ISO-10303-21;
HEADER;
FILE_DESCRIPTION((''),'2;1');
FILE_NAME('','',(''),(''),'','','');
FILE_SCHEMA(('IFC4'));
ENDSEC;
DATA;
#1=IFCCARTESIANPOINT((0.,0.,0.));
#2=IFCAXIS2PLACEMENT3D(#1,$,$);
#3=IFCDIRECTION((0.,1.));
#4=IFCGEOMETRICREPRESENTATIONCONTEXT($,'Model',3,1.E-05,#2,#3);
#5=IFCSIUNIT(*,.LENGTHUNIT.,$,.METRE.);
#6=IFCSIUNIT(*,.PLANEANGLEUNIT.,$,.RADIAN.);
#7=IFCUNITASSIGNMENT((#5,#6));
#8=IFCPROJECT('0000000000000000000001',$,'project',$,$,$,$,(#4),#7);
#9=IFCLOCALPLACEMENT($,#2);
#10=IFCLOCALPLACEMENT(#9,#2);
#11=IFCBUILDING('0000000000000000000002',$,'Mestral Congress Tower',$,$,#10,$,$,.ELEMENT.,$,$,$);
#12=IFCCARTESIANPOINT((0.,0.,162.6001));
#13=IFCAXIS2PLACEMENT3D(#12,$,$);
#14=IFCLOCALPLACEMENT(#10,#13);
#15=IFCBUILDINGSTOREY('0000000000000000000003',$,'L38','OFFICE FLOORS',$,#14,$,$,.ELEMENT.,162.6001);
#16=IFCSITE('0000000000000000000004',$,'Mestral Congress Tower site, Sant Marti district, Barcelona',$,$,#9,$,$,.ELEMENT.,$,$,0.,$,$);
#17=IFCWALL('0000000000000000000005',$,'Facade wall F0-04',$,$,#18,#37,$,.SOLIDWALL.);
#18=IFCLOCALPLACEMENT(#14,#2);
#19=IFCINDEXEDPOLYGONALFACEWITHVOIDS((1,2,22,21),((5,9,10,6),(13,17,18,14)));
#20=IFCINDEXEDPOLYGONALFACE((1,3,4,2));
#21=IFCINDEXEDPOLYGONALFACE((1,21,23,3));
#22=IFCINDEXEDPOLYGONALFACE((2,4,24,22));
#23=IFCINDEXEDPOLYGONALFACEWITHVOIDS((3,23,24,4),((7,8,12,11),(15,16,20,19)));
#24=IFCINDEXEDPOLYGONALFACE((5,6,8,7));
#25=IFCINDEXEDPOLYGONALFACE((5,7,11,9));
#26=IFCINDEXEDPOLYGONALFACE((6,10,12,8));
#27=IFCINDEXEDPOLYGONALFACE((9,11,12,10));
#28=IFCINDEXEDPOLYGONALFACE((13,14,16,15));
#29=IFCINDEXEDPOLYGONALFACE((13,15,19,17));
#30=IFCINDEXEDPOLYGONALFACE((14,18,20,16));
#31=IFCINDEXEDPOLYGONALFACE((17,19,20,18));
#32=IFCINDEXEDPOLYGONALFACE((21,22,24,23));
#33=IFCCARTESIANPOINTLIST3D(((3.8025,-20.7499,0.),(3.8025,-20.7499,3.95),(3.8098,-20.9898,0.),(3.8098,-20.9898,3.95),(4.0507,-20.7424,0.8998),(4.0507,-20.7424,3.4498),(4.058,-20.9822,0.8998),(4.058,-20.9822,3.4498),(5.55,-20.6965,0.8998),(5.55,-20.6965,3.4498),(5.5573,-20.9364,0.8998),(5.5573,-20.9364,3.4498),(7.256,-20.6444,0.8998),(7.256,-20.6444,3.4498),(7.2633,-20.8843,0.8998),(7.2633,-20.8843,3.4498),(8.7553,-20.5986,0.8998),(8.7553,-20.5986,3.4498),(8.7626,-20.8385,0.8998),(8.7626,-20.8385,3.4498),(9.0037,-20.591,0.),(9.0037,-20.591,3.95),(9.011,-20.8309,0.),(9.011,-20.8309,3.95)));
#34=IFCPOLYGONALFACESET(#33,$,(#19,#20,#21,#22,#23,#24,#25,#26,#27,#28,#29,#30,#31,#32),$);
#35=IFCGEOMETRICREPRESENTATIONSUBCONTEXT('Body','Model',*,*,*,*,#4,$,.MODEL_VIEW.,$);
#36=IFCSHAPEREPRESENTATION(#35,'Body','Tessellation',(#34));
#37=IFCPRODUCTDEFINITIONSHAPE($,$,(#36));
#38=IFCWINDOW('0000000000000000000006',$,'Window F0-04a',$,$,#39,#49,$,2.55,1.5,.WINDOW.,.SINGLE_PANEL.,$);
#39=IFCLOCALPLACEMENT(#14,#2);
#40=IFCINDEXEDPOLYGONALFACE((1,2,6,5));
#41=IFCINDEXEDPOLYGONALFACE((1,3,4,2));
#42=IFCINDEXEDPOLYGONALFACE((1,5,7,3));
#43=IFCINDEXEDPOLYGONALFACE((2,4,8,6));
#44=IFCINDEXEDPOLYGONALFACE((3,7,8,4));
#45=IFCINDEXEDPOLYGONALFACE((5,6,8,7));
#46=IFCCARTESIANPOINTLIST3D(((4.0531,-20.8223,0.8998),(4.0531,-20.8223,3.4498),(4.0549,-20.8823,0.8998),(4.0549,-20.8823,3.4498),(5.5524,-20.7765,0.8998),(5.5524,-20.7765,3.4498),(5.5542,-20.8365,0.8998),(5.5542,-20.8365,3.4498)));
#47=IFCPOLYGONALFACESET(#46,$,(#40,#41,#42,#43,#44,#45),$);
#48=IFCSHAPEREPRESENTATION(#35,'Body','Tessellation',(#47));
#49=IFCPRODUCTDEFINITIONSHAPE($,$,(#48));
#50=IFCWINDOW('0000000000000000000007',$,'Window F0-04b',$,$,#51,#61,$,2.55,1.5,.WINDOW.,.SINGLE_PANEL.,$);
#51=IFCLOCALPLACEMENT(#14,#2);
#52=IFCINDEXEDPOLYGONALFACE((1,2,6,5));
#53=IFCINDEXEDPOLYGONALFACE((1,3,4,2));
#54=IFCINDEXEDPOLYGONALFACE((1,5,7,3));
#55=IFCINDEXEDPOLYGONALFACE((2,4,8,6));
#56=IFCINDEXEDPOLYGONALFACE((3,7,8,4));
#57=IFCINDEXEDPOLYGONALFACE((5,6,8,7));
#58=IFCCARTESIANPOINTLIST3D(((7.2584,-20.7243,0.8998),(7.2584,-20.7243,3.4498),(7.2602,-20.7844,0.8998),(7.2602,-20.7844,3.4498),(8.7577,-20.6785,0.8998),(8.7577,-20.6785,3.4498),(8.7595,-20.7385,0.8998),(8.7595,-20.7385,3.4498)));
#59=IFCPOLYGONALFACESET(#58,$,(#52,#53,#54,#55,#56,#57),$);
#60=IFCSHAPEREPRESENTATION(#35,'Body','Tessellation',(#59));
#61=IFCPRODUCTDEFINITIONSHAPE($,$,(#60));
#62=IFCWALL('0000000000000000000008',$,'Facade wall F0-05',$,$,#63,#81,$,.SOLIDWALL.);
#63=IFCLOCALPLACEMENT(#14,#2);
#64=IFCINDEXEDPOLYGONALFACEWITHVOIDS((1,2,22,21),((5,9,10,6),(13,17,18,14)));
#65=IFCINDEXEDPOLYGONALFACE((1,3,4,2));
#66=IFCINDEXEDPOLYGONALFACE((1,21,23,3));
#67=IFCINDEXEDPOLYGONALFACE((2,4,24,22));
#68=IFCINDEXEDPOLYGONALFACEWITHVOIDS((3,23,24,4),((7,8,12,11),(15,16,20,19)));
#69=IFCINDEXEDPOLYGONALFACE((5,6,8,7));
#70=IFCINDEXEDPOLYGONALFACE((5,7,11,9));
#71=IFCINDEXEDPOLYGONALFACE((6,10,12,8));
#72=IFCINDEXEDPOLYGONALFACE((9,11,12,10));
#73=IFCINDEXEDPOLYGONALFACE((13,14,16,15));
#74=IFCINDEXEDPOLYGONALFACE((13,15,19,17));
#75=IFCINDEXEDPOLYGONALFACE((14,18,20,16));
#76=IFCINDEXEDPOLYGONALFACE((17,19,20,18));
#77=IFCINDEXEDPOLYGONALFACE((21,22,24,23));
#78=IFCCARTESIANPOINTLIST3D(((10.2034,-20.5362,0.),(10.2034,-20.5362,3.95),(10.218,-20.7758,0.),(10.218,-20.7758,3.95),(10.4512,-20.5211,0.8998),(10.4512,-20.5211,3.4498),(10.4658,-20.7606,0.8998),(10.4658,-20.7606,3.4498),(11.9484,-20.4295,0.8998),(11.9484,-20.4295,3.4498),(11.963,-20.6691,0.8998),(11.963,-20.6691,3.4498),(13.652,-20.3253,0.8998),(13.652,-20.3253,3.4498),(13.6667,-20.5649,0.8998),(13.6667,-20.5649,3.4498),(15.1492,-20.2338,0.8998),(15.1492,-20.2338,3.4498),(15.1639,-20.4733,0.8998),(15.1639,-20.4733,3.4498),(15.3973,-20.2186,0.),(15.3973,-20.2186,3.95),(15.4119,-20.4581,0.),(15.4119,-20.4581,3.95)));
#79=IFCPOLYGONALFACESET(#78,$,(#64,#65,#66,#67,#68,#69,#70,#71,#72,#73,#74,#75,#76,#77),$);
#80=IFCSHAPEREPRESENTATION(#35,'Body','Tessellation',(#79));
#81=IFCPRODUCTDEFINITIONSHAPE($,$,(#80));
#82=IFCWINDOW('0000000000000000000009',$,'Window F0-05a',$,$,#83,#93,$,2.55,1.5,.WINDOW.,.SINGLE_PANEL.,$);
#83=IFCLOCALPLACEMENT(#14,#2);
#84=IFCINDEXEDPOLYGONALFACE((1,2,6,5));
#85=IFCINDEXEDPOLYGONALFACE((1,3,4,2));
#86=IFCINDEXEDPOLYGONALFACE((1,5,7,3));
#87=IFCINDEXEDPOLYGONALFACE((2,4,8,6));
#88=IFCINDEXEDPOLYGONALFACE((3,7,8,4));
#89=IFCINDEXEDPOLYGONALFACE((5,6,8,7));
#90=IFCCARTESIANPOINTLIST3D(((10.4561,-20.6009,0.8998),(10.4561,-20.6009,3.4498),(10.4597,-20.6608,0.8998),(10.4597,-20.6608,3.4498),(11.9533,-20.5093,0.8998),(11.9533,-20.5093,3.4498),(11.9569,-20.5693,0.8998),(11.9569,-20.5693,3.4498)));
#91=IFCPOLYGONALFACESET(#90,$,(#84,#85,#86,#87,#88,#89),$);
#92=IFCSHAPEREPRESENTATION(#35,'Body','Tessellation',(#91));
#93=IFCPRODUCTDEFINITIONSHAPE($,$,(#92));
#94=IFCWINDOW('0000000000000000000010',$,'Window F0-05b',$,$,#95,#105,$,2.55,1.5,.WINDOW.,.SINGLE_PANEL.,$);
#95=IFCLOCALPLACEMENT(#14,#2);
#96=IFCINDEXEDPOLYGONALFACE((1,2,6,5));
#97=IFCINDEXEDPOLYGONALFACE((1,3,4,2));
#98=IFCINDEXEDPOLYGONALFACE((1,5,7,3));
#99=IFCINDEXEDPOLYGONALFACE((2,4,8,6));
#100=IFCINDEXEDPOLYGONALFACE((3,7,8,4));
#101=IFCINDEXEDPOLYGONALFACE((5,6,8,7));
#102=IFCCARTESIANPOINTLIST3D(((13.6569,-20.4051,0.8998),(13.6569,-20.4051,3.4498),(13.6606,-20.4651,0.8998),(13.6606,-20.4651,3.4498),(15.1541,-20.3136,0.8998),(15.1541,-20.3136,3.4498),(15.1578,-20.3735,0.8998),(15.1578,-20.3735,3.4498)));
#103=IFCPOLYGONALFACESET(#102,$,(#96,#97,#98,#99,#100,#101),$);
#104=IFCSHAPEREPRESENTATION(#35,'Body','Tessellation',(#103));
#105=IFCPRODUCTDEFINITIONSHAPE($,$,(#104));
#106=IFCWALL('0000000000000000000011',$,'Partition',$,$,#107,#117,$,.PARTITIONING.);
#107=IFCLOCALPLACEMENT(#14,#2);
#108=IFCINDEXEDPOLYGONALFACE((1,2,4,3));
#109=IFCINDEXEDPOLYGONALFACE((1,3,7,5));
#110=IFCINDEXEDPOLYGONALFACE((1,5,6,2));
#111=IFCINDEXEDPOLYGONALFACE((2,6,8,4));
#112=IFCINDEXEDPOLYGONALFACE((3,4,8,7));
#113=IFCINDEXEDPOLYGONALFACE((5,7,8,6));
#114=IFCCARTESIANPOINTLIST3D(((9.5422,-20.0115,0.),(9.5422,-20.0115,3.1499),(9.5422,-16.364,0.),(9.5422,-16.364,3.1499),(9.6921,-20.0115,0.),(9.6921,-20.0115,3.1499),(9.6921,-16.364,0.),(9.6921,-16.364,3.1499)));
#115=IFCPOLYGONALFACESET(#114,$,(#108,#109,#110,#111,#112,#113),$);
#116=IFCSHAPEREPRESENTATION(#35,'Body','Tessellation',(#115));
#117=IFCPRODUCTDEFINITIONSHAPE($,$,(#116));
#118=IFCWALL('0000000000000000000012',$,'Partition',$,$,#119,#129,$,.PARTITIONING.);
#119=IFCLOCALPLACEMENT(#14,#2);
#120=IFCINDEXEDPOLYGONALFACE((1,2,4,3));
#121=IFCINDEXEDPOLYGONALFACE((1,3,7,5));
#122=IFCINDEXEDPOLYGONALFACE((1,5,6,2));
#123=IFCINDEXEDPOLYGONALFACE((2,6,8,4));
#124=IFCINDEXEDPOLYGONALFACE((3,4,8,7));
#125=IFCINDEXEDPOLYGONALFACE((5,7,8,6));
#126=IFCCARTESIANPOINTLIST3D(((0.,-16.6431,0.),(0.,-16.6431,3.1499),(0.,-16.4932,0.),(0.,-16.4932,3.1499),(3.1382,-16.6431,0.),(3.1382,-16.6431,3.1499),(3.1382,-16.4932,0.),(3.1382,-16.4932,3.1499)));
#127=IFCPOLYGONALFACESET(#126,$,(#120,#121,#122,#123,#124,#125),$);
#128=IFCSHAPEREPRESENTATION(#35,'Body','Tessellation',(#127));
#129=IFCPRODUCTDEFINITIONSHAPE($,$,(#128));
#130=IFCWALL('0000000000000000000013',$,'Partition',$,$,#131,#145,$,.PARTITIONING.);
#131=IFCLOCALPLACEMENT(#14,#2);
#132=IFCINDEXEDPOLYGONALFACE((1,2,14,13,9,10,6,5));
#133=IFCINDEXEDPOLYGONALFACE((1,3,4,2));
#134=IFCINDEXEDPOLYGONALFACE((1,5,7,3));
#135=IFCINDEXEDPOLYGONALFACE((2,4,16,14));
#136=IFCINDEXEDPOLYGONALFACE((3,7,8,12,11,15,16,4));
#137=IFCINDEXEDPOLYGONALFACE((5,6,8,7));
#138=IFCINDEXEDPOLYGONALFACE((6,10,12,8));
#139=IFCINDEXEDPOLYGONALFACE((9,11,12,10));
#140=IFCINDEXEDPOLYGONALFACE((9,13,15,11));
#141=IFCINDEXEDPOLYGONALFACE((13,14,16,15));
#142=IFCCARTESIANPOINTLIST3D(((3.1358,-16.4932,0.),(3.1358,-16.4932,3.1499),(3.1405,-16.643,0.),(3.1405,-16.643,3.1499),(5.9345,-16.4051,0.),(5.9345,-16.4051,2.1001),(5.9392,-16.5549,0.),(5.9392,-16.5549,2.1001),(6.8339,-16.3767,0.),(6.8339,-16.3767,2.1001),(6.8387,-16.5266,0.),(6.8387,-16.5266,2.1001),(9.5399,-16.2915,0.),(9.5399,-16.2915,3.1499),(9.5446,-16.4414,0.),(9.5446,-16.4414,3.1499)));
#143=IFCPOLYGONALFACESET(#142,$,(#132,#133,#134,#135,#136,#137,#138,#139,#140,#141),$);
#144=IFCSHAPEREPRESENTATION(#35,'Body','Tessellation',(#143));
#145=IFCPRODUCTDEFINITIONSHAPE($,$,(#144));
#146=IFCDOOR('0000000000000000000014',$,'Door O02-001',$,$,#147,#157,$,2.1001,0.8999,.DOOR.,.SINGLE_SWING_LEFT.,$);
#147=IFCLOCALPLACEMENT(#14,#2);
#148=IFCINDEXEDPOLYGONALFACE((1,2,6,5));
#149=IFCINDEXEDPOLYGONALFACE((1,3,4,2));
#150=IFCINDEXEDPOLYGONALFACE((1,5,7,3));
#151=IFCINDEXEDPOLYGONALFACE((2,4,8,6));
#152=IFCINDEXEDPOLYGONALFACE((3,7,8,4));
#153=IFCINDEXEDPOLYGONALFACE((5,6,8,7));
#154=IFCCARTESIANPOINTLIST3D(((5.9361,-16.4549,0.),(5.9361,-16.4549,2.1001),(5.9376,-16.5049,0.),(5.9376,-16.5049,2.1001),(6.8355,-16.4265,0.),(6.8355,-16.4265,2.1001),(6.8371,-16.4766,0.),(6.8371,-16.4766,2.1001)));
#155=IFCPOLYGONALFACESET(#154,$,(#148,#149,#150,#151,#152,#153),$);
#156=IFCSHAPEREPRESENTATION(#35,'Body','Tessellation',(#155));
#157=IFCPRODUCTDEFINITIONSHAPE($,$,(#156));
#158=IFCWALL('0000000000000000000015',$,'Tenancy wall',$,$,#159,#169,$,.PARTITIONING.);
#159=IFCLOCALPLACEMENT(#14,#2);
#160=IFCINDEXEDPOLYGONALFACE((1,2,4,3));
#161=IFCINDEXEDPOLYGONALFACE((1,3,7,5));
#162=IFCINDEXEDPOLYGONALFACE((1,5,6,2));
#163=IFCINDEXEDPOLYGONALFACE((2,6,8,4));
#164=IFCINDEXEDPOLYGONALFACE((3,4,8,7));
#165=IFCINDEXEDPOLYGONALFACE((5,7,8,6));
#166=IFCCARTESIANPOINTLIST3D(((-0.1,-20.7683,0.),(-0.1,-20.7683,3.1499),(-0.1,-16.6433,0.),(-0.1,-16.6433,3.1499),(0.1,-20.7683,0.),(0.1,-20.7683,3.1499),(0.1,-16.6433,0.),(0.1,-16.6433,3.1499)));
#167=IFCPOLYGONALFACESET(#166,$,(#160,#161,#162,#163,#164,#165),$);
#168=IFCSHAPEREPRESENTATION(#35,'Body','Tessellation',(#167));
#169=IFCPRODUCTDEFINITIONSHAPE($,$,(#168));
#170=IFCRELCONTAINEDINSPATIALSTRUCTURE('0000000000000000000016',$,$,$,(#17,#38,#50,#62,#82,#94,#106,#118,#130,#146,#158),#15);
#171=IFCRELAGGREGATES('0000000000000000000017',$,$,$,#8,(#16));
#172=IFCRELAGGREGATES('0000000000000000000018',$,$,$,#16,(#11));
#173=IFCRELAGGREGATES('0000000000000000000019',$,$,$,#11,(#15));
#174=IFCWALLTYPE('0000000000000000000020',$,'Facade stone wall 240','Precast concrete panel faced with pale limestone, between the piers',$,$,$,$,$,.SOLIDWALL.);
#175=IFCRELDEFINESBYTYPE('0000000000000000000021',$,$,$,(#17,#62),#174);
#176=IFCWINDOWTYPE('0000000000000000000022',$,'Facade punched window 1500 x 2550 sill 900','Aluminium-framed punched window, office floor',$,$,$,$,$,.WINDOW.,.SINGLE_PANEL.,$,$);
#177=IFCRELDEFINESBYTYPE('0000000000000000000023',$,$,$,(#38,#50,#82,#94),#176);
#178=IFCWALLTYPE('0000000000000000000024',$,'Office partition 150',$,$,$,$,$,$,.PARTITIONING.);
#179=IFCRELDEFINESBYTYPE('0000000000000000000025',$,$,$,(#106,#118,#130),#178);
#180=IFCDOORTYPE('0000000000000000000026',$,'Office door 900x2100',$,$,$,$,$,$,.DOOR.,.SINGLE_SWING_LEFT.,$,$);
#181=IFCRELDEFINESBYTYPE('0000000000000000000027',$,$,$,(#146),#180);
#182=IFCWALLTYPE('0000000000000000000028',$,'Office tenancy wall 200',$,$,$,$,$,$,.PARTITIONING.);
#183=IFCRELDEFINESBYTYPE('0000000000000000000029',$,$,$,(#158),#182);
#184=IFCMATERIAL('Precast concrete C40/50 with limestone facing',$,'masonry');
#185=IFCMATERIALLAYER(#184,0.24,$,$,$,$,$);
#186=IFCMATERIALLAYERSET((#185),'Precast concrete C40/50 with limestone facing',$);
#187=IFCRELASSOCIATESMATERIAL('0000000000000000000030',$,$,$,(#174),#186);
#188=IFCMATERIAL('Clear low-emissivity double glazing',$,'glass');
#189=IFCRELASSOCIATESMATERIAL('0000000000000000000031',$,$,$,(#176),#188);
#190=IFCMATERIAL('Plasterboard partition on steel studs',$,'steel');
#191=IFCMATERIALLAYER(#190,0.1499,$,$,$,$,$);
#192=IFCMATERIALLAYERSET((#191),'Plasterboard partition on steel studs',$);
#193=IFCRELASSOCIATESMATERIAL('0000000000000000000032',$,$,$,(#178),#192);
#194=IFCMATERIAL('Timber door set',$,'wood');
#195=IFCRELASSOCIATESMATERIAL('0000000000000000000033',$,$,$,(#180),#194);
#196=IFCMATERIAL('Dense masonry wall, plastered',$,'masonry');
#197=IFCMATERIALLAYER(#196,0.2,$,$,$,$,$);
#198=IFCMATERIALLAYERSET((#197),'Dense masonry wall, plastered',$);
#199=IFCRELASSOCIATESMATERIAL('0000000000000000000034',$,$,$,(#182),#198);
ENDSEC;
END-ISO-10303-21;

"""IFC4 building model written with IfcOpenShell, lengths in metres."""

from ifc_helpers import new_model, si_unit, direction, frame, frame_2d, origin, place, context, subcontext, project, spatial, rectangle, extrude, material, layer, layer_set, type_object, element, fill, save


model = new_model("IFC4")

# Units and contexts
model_context = context("Model", 3, precision=1e-05, world=origin(), true_north=direction((0.0, 1.0)))
body_context = subcontext(model_context, "Body", "Model", "MODEL_VIEW")
ifc_project = project(units=[si_unit("LENGTHUNIT", "METRE"), si_unit("PLANEANGLEUNIT", "RADIAN")], contexts=[model_context])

# Site, building, storey
site_placement = place(None, origin())
site = spatial("IfcSite", under=ifc_project, at=site_placement, Name="Mestral Congress Tower site, Sant Marti district, Barcelona", CompositionType="ELEMENT", RefElevation=0.0)
building_placement = place(site_placement, origin())
building = spatial("IfcBuilding", under=site, at=building_placement, Name="Mestral Congress Tower", CompositionType="ELEMENT")
storey_placement = place(building_placement, frame((0.0, 0.0, 162.6001)))
storey = spatial("IfcBuildingStorey", under=building, at=storey_placement, Name="L38", Description="OFFICE FLOORS", CompositionType="ELEMENT", Elevation=162.6001)

# Walls, openings, windows
ifc_material_1 = material(Name="Precast concrete C40/50 with limestone facing", Category="masonry")
ifc_layer_1 = layer(ifc_material_1, 0.24)
ifc_layer_set_1 = layer_set([ifc_layer_1], Name="Precast concrete C40/50 with limestone facing")
wall_type_1 = type_object("IfcWallType", Name="Facade stone wall 240", Description="Precast concrete panel faced with pale limestone, between the piers", PredefinedType="SOLIDWALL", material=ifc_layer_set_1)
wall_1_placement = place(storey_placement, frame((3.8062, -20.8699, 0.0), z_axis=(0.0, 0.0, 1.0), x_axis=(0.999533, 0.030543, 0.0)))
wall_1 = element("IfcWall", 1, at=wall_1_placement, inside=storey, type_object=wall_type_1, Name="Facade wall F0-04", PredefinedType="SOLIDWALL", context=body_context, shape_type="SweptSolid", body=[
    extrude(rectangle(XDim=5.2036, YDim=0.24, at=frame_2d((2.6018, 0.0))), origin(), (0.0, 0.0, 1.0), 3.95),
])
opening_1_placement = place(wall_1_placement, frame((0.2483, 0.0, 0.8999)))
opening_1 = element("IfcOpeningElement", 2, at=opening_1_placement, cuts=wall_1, PredefinedType="OPENING", context=body_context, shape_type="SweptSolid", body=[
    extrude(rectangle(XDim=1.5, YDim=2.55, at=frame_2d((0.75, 1.2749))), frame((0.0, 0.1299, 0.0), z_axis=(0.0, -1.0, 0.0), x_axis=(1.0, 0.0, 0.0)), (0.0, 0.0, 1.0), 0.26),
])
opening_2_placement = place(wall_1_placement, frame((3.4551, 0.0, 0.8999)))
opening_2 = element("IfcOpeningElement", 3, at=opening_2_placement, cuts=wall_1, PredefinedType="OPENING", context=body_context, shape_type="SweptSolid", body=[
    extrude(rectangle(XDim=1.5, YDim=2.55, at=frame_2d((0.75, 1.2749))), frame((0.0, 0.1299, 0.0), z_axis=(0.0, -1.0, 0.0), x_axis=(1.0, 0.0, 0.0)), (0.0, 0.0, 1.0), 0.26),
])
ifc_material_2 = material(Name="Clear low-emissivity double glazing", Category="glass")
window_type = type_object("IfcWindowType", Name="Facade punched window 1500 x 2550 sill 900", Description="Aluminium-framed punched window, office floor", PartitioningType="SINGLE_PANEL", PredefinedType="WINDOW", material=ifc_material_2)
window_1_placement = place(opening_1_placement, origin())
window_1 = element("IfcWindow", 4, at=window_1_placement, inside=storey, type_object=window_type, Name="Window F0-04a", OverallHeight=2.55, OverallWidth=1.5, PartitioningType="SINGLE_PANEL", PredefinedType="WINDOW", context=body_context, shape_type="SweptSolid", body=[
    extrude(rectangle(XDim=1.5, YDim=2.55, at=frame_2d((0.75, 1.2749))), frame((0.0, 0.04, 0.0), z_axis=(0.0, -1.0, 0.0), x_axis=(1.0, 0.0, 0.0)), (0.0, 0.0, 1.0), 0.0601),
])
fill(opening_1, window_1)
window_2_placement = place(opening_2_placement, origin())
window_2 = element("IfcWindow", 5, at=window_2_placement, inside=storey, type_object=window_type, Name="Window F0-04b", OverallHeight=2.55, OverallWidth=1.5, PartitioningType="SINGLE_PANEL", PredefinedType="WINDOW", context=body_context, shape_type="SweptSolid", body=[
    extrude(rectangle(XDim=1.5, YDim=2.55, at=frame_2d((0.75, 1.2749))), frame((0.0, 0.04, 0.0), z_axis=(0.0, -1.0, 0.0), x_axis=(1.0, 0.0, 0.0)), (0.0, 0.0, 1.0), 0.0601),
])
fill(opening_2, window_2)
wall_2_placement = place(storey_placement, frame((10.2107, -20.656, 0.0), z_axis=(0.0, 0.0, 1.0), x_axis=(0.998135, 0.06104, 0.0)))
wall_2 = element("IfcWall", 6, at=wall_2_placement, inside=storey, type_object=wall_type_1, Name="Facade wall F0-05", PredefinedType="SOLIDWALL", context=body_context, shape_type="SweptSolid", body=[
    extrude(rectangle(XDim=5.2036, YDim=0.24, at=frame_2d((2.6018, 0.0))), origin(), (0.0, 0.0, 1.0), 3.95),
])
opening_3_placement = place(wall_2_placement, frame((0.2483, 0.0, 0.8999)))
opening_3 = element("IfcOpeningElement", 7, at=opening_3_placement, cuts=wall_2, PredefinedType="OPENING", context=body_context, shape_type="SweptSolid", body=[
    extrude(rectangle(XDim=1.5, YDim=2.55, at=frame_2d((0.75, 1.2749))), frame((0.0, 0.1299, 0.0), z_axis=(0.0, -1.0, 0.0), x_axis=(1.0, 0.0, 0.0)), (0.0, 0.0, 1.0), 0.26),
])
opening_4_placement = place(wall_2_placement, frame((3.4551, 0.0, 0.8999)))
opening_4 = element("IfcOpeningElement", 8, at=opening_4_placement, cuts=wall_2, PredefinedType="OPENING", context=body_context, shape_type="SweptSolid", body=[
    extrude(rectangle(XDim=1.5, YDim=2.55, at=frame_2d((0.75, 1.2749))), frame((0.0, 0.1299, 0.0), z_axis=(0.0, -1.0, 0.0), x_axis=(1.0, 0.0, 0.0)), (0.0, 0.0, 1.0), 0.26),
])
window_3_placement = place(opening_3_placement, origin())
window_3 = element("IfcWindow", 9, at=window_3_placement, inside=storey, type_object=window_type, Name="Window F0-05a", OverallHeight=2.55, OverallWidth=1.5, PartitioningType="SINGLE_PANEL", PredefinedType="WINDOW", context=body_context, shape_type="SweptSolid", body=[
    extrude(rectangle(XDim=1.5, YDim=2.55, at=frame_2d((0.75, 1.2749))), frame((0.0, 0.04, 0.0), z_axis=(0.0, -1.0, 0.0), x_axis=(1.0, 0.0, 0.0)), (0.0, 0.0, 1.0), 0.0601),
])
fill(opening_3, window_3)
window_4_placement = place(opening_4_placement, origin())
window_4 = element("IfcWindow", 10, at=window_4_placement, inside=storey, type_object=window_type, Name="Window F0-05b", OverallHeight=2.55, OverallWidth=1.5, PartitioningType="SINGLE_PANEL", PredefinedType="WINDOW", context=body_context, shape_type="SweptSolid", body=[
    extrude(rectangle(XDim=1.5, YDim=2.55, at=frame_2d((0.75, 1.2749))), frame((0.0, 0.04, 0.0), z_axis=(0.0, -1.0, 0.0), x_axis=(1.0, 0.0, 0.0)), (0.0, 0.0, 1.0), 0.0601),
])
fill(opening_4, window_4)

# Walls
ifc_material_3 = material(Name="Plasterboard partition on steel studs", Category="steel")
ifc_layer_2 = layer(ifc_material_3, 0.1499)
ifc_layer_set_2 = layer_set([ifc_layer_2], Name="Plasterboard partition on steel studs")
wall_type_2 = type_object("IfcWallType", Name="Office partition 150", PredefinedType="PARTITIONING", material=ifc_layer_set_2)
wall_3_placement = place(storey_placement, frame((9.6172, -16.364, 0.0), z_axis=(0.0, 0.0, 1.0), x_axis=(0.0, -1.0, 0.0)))
element("IfcWall", 11, at=wall_3_placement, inside=storey, type_object=wall_type_2, Name="Partition", PredefinedType="PARTITIONING", context=body_context, shape_type="SweptSolid", body=[
    extrude(rectangle(XDim=3.6475, YDim=0.1499, at=frame_2d((1.8237, 0.0))), origin(), (0.0, 0.0, 1.0), 3.1499),
])
wall_4_placement = place(storey_placement, frame((0.0, -16.5681, 0.0), z_axis=(0.0, 0.0, 1.0), x_axis=(1.0, 0.0, 0.0)))
element("IfcWall", 12, at=wall_4_placement, inside=storey, type_object=wall_type_2, Name="Partition", PredefinedType="PARTITIONING", context=body_context, shape_type="SweptSolid", body=[
    extrude(rectangle(XDim=3.1382, YDim=0.1499, at=frame_2d((1.5691, 0.0))), origin(), (0.0, 0.0, 1.0), 3.1499),
])

# Wall, opening, door
wall_5_placement = place(storey_placement, frame((9.5422, -16.3665, 0.0), z_axis=(0.0, 0.0, 1.0), x_axis=(-0.999505, -0.031474, 0.0)))
wall_5 = element("IfcWall", 13, at=wall_5_placement, inside=storey, type_object=wall_type_2, Name="Partition", PredefinedType="PARTITIONING", context=body_context, shape_type="SweptSolid", body=[
    extrude(rectangle(XDim=6.4072, YDim=0.1499, at=frame_2d((3.2036, 0.0))), origin(), (0.0, 0.0, 1.0), 3.1499),
])
opening_5_placement = place(wall_5_placement, frame((2.7073, 0.0, 0.0)))
opening_5 = element("IfcOpeningElement", 14, at=opening_5_placement, cuts=wall_5, PredefinedType="OPENING", context=body_context, shape_type="SweptSolid", body=[
    extrude(rectangle(XDim=0.8999, YDim=2.1001, at=frame_2d((0.45, 1.05))), frame((0.0, 0.085, 0.0), z_axis=(0.0, -1.0, 0.0), x_axis=(1.0, 0.0, 0.0)), (0.0, 0.0, 1.0), 0.1699),
])
ifc_material_4 = material(Name="Timber door set", Category="wood")
door_type_1 = type_object("IfcDoorType", Name="Office door 900x2100", OperationType="SINGLE_SWING_LEFT", PredefinedType="DOOR", material=ifc_material_4)
door_1_placement = place(opening_5_placement, origin())
door_1 = element("IfcDoor", 15, at=door_1_placement, inside=storey, type_object=door_type_1, Name="Door O02-001", OperationType="SINGLE_SWING_LEFT", OverallHeight=2.1001, OverallWidth=0.8999, PredefinedType="DOOR", context=body_context, shape_type="SweptSolid", body=[
    extrude(rectangle(XDim=0.8999, YDim=2.1001, at=frame_2d((0.45, 1.05))), frame((0.0, 0.0249, 0.0), z_axis=(0.0, -1.0, 0.0), x_axis=(1.0, 0.0, 0.0)), (0.0, 0.0, 1.0), 0.05),
])
fill(opening_5, door_1)

# Wall
ifc_material_5 = material(Name="Dense masonry wall, plastered", Category="masonry")
ifc_layer_3 = layer(ifc_material_5, 0.2)
ifc_layer_set_3 = layer_set([ifc_layer_3], Name="Dense masonry wall, plastered")
wall_type_3 = type_object("IfcWallType", Name="Office tenancy wall 200", PredefinedType="PARTITIONING", material=ifc_layer_set_3)
wall_6_placement = place(storey_placement, frame((0.0, -20.7683, 0.0), z_axis=(0.0, 0.0, 1.0), x_axis=(0.0, 1.0, 0.0)))
element("IfcWall", 16, at=wall_6_placement, inside=storey, type_object=wall_type_3, Name="Tenancy wall", PredefinedType="PARTITIONING", context=body_context, shape_type="SweptSolid", body=[
    extrude(rectangle(XDim=4.125, YDim=0.2, at=frame_2d((2.0625, 0.0))), origin(), (0.0, 0.0, 1.0), 3.1499),
])

save(model, "model.ifc")
